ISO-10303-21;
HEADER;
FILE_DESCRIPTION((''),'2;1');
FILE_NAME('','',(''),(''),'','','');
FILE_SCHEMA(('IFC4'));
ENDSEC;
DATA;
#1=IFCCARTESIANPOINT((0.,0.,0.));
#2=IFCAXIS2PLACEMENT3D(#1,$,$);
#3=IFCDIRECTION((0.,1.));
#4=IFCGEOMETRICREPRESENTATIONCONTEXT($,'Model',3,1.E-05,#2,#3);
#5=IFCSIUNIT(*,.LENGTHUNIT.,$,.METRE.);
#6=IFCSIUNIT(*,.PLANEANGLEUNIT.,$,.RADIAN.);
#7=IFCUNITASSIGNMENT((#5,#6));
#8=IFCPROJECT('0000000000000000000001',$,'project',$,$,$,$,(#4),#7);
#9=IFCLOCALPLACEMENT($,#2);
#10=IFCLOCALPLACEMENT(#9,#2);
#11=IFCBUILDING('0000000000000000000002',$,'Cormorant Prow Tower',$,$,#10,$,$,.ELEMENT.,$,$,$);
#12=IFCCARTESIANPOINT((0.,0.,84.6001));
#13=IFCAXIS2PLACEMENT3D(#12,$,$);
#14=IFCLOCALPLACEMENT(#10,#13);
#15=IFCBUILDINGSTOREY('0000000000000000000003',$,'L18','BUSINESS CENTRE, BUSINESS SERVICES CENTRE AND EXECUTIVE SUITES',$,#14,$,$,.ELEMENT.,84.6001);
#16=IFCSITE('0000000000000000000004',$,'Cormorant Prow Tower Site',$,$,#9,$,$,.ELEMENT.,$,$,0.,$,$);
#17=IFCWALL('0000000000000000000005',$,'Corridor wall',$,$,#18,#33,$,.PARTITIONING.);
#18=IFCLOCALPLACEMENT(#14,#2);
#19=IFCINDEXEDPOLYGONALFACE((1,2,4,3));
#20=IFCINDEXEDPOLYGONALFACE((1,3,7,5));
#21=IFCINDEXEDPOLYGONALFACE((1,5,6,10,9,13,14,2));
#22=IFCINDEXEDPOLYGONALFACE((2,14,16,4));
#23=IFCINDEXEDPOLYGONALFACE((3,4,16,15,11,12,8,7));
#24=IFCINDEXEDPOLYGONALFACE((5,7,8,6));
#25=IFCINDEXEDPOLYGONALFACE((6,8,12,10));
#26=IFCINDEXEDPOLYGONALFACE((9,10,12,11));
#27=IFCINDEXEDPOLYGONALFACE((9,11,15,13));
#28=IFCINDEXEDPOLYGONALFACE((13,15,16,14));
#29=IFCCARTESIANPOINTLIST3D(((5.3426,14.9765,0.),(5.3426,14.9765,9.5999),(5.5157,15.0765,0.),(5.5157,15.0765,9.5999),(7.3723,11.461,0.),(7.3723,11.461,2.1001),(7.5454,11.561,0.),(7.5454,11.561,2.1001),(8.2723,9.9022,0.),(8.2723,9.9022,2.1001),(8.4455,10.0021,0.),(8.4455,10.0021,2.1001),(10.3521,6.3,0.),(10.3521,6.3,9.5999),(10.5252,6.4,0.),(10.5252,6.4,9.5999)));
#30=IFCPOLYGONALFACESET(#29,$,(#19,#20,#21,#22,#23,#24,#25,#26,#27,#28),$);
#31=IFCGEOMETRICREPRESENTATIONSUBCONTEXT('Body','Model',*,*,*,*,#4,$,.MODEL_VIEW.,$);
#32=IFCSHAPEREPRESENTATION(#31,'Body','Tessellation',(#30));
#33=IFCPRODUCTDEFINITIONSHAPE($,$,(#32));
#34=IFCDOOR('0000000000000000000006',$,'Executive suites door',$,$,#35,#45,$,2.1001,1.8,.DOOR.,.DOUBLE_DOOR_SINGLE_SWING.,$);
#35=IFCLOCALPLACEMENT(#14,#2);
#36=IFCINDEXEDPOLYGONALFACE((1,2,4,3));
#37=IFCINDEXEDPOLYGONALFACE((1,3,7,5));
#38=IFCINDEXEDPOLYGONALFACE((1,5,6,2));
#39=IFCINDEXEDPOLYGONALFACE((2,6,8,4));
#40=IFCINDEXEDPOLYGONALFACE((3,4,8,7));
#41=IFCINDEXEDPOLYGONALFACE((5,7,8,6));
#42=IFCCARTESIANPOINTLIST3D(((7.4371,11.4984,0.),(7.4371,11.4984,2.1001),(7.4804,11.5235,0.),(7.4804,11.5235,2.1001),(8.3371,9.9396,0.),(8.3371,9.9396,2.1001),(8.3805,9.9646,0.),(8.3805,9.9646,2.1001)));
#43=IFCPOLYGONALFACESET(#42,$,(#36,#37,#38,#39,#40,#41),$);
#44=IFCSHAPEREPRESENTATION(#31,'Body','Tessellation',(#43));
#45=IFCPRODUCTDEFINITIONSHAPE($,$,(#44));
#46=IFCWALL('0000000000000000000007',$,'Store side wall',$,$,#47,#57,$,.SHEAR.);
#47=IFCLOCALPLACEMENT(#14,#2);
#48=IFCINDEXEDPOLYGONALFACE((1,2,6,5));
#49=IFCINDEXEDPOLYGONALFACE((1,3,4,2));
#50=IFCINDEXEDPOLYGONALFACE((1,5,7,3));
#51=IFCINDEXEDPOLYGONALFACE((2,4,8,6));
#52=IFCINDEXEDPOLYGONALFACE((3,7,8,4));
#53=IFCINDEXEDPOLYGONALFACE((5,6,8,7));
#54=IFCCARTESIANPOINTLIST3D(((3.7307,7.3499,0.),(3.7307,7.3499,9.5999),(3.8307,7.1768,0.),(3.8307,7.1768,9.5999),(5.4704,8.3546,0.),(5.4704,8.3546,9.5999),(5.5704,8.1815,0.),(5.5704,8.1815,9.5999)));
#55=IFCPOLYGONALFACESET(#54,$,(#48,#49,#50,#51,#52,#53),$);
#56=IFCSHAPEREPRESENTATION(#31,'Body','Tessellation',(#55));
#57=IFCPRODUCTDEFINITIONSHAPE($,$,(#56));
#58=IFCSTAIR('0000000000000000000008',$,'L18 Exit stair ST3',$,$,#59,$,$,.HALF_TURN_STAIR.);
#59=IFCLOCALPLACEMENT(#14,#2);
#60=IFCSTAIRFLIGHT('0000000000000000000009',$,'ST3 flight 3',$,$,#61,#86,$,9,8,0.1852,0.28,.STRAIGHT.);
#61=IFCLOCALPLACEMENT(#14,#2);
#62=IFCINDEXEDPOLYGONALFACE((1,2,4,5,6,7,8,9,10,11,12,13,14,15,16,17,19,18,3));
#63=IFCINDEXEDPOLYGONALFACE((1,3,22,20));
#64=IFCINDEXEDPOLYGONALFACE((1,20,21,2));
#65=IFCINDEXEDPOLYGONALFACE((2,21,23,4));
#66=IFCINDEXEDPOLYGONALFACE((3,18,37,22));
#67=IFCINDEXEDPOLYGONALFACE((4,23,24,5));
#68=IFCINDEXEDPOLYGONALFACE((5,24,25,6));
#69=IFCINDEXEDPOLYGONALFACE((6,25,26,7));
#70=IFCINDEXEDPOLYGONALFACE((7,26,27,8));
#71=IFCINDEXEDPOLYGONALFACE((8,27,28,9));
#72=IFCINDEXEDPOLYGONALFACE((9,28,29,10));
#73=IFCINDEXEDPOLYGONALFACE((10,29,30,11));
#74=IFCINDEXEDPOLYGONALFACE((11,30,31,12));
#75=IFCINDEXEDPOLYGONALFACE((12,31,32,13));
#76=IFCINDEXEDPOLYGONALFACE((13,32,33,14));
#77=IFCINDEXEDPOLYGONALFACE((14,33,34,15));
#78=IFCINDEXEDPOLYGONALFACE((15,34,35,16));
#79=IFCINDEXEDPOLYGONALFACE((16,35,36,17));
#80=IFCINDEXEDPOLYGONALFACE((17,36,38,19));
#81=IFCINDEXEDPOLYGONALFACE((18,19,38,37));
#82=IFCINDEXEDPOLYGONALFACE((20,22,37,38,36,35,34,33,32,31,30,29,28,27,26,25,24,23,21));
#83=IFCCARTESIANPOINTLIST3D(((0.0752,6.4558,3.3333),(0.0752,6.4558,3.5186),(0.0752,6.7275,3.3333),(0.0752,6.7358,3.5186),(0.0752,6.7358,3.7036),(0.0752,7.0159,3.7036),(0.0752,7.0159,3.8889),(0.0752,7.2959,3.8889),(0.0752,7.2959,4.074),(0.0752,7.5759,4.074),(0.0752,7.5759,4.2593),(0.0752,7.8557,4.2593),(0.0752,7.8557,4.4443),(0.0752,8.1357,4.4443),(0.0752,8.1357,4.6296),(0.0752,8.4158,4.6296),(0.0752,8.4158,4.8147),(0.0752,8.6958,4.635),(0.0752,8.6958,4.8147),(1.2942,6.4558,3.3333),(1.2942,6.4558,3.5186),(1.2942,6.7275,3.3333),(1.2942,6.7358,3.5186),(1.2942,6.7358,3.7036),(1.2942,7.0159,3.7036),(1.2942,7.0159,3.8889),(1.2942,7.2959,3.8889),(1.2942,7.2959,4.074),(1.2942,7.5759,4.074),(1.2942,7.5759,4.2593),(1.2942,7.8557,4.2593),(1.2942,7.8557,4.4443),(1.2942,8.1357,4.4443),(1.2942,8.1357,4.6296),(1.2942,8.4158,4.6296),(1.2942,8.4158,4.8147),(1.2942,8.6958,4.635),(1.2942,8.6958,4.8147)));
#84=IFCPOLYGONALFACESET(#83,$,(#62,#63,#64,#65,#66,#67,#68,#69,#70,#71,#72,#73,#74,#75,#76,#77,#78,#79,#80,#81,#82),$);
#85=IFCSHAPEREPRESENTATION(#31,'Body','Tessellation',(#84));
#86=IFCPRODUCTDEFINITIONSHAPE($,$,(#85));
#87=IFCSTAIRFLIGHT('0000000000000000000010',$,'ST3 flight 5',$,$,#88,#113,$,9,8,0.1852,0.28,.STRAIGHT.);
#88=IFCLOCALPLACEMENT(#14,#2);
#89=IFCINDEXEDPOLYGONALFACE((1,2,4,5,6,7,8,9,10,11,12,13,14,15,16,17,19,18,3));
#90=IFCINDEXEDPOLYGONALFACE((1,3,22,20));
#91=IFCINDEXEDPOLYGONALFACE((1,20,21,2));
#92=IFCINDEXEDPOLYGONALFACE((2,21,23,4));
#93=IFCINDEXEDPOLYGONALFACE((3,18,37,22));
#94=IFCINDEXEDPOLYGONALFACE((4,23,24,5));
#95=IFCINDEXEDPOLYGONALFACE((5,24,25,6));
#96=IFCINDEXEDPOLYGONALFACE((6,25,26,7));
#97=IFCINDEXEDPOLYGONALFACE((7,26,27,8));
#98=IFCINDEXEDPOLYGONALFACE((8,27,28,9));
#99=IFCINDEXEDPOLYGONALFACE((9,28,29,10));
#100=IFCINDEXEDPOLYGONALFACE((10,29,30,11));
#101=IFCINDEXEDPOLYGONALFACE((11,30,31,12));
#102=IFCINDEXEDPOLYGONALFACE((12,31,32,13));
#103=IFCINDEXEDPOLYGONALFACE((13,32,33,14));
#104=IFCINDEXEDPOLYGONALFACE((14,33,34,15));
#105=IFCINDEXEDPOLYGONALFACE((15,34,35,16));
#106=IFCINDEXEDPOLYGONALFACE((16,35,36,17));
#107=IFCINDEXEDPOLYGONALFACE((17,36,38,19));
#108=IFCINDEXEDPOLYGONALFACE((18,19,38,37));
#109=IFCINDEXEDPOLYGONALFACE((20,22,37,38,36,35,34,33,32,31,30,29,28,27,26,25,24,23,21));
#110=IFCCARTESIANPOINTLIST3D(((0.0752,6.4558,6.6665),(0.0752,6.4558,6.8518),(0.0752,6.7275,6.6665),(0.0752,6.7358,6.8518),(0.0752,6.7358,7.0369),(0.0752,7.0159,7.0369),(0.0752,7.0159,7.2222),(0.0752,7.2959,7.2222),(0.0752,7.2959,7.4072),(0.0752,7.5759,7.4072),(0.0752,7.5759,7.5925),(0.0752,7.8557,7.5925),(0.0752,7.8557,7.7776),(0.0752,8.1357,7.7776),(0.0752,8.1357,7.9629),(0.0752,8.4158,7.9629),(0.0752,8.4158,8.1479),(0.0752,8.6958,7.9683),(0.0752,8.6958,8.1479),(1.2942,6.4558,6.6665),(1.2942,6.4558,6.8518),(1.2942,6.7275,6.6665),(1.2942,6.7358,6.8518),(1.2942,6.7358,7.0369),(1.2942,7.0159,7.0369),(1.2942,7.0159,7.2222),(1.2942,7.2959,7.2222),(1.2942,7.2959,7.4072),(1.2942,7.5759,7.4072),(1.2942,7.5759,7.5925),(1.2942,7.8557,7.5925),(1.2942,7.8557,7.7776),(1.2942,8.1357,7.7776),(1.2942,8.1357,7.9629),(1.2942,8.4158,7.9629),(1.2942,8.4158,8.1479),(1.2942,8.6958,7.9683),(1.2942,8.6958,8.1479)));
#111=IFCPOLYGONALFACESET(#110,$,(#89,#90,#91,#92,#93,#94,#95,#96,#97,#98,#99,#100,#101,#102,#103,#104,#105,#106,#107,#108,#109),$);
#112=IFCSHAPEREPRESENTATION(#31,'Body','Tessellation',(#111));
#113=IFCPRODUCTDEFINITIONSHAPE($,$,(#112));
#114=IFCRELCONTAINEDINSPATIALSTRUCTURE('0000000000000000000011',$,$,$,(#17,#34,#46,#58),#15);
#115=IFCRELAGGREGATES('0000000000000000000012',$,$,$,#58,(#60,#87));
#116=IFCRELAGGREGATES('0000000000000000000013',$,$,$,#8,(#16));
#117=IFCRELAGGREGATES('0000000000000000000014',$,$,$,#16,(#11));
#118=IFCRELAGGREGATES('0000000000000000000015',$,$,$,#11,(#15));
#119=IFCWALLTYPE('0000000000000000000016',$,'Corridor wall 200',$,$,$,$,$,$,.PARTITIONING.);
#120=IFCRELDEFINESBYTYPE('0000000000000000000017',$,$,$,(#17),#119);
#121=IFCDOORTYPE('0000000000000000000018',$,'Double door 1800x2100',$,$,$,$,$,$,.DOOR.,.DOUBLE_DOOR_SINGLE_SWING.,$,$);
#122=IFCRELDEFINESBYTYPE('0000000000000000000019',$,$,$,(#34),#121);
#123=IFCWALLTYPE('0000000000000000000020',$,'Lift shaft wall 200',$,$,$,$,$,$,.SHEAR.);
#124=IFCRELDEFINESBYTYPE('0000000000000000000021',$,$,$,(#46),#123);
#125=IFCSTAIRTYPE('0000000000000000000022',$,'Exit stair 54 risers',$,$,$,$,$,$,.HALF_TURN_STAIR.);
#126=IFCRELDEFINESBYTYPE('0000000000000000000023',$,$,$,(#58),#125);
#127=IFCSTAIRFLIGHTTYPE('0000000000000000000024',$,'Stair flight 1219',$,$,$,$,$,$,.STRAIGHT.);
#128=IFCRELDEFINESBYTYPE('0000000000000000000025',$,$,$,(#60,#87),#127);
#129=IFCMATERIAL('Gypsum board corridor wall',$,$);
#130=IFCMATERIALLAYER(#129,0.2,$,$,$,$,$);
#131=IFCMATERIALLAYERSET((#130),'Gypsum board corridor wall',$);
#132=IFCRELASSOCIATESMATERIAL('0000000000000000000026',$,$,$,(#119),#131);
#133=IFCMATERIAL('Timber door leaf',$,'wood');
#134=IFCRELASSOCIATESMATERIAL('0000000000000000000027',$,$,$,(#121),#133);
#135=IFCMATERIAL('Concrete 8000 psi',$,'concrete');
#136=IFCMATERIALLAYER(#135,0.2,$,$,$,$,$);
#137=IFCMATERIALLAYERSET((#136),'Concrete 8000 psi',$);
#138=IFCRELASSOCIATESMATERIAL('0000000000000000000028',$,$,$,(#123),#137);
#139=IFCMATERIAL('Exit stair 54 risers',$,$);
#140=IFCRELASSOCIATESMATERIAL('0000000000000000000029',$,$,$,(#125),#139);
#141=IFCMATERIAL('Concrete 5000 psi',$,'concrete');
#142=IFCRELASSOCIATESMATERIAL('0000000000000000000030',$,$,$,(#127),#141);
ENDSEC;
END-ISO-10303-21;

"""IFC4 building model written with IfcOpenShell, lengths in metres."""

from ifc_helpers import new_model, si_unit, direction, frame, frame_2d, origin, place, context, subcontext, project, spatial, polyline, rectangle, outline, extrude, material, layer, layer_set, type_object, element, fill, aggregate, save


model = new_model("IFC4")

# Units and contexts
model_context = context("Model", 3, precision=1e-05, world=origin(), true_north=direction((0.0, 1.0)))
body_context = subcontext(model_context, "Body", "Model", "MODEL_VIEW")
ifc_project = project(units=[si_unit("LENGTHUNIT", "METRE"), si_unit("PLANEANGLEUNIT", "RADIAN")], contexts=[model_context])

# Site, building, storey
site_placement = place(None, origin())
site = spatial("IfcSite", under=ifc_project, at=site_placement, Name="Cormorant Prow Tower Site", CompositionType="ELEMENT", RefElevation=0.0)
building_placement = place(site_placement, origin())
building = spatial("IfcBuilding", under=site, at=building_placement, Name="Cormorant Prow Tower", CompositionType="ELEMENT")
storey_placement = place(building_placement, frame((0.0, 0.0, 84.6001)))
storey = spatial("IfcBuildingStorey", under=building, at=storey_placement, Name="L18", Description="BUSINESS CENTRE, BUSINESS SERVICES CENTRE AND EXECUTIVE SUITES", CompositionType="ELEMENT", Elevation=84.6001)

# Wall, opening, door
ifc_material_1 = material(Name="Gypsum board corridor wall")
ifc_layer_1 = layer(ifc_material_1, 0.2)
ifc_layer_set_1 = layer_set([ifc_layer_1], Name="Gypsum board corridor wall")
wall_type_1 = type_object("IfcWallType", Name="Corridor wall 200", PredefinedType="PARTITIONING", material=ifc_layer_set_1)
wall_1_placement = place(storey_placement, frame((5.4292, 15.0264, 0.0), z_axis=(0.0, 0.0, 1.0), x_axis=(0.50001, -0.86602, 0.0)))
wall_1 = element("IfcWall", 1, at=wall_1_placement, inside=storey, type_object=wall_type_1, Name="Corridor wall", PredefinedType="PARTITIONING", context=body_context, shape_type="SweptSolid", body=[
    extrude(rectangle(XDim=10.0188, YDim=0.2, at=frame_2d((5.0093, 0.0))), origin(), (0.0, 0.0, 1.0), 9.5999),
])
opening_placement = place(wall_1_placement, frame((4.0593, 0.0, 0.0)))
opening = element("IfcOpeningElement", 2, at=opening_placement, cuts=wall_1, PredefinedType="OPENING", context=body_context, shape_type="SweptSolid", body=[
    extrude(rectangle(XDim=1.8, YDim=2.1001, at=frame_2d((0.8999, 1.05))), frame((0.0, 0.1099, 0.0), z_axis=(0.0, -1.0, 0.0), x_axis=(1.0, 0.0, 0.0)), (0.0, 0.0, 1.0), 0.22),
])
ifc_material_2 = material(Name="Timber door leaf", Category="wood")
door_type = type_object("IfcDoorType", Name="Double door 1800x2100", OperationType="DOUBLE_DOOR_SINGLE_SWING", PredefinedType="DOOR", material=ifc_material_2)
door_placement = place(opening_placement, origin())
door = element("IfcDoor", 3, at=door_placement, inside=storey, type_object=door_type, Name="Executive suites door", OperationType="DOUBLE_DOOR_SINGLE_SWING", OverallHeight=2.1001, OverallWidth=1.8, PredefinedType="DOOR", context=body_context, shape_type="SweptSolid", body=[
    extrude(rectangle(XDim=1.8, YDim=2.1001, at=frame_2d((0.8999, 1.05))), frame((0.0, 0.0249, 0.0), z_axis=(0.0, -1.0, 0.0), x_axis=(1.0, 0.0, 0.0)), (0.0, 0.0, 1.0), 0.05),
])
fill(opening, door)

# Wall
ifc_material_3 = material(Name="Concrete 8000 psi", Category="concrete")
ifc_layer_2 = layer(ifc_material_3, 0.2)
ifc_layer_set_2 = layer_set([ifc_layer_2], Name="Concrete 8000 psi")
wall_type_2 = type_object("IfcWallType", Name="Lift shaft wall 200", PredefinedType="SHEAR", material=ifc_layer_set_2)
wall_2_placement = place(storey_placement, frame((3.7808, 7.2634, 0.0), z_axis=(0.0, 0.0, 1.0), x_axis=(0.865983, 0.500073, 0.0)))
element("IfcWall", 4, at=wall_2_placement, inside=storey, type_object=wall_type_2, Name="Store side wall", PredefinedType="SHEAR", context=body_context, shape_type="SweptSolid", body=[
    extrude(rectangle(XDim=2.009, YDim=0.2, at=frame_2d((1.0044, 0.0))), origin(), (0.0, 0.0, 1.0), 9.5999),
])

# Stair, stair flights
ifc_material_4 = material(Name="Exit stair 54 risers")
stair_type = type_object("IfcStairType", Name="Exit stair 54 risers", PredefinedType="HALF_TURN_STAIR", material=ifc_material_4)
stair_placement = place(storey_placement, origin())
stair = element("IfcStair", 5, at=stair_placement, inside=storey, type_object=stair_type, Name="L18 Exit stair ST3", PredefinedType="HALF_TURN_STAIR")
ifc_material_5 = material(Name="Concrete 5000 psi", Category="concrete")
stair_flight_type = type_object("IfcStairFlightType", Name="Stair flight 1219", PredefinedType="STRAIGHT", material=ifc_material_5)
stair_flight_1_placement = place(storey_placement, frame((0.6846, 6.4558, 3.3333), z_axis=(0.0, 0.0, 1.0), x_axis=(0.0, 1.0, 0.0)))
stair_flight_1 = element("IfcStairFlight", 6, at=stair_flight_1_placement, type_object=stair_flight_type, Name="ST3 flight 3", NumberOfRisers=9, NumberOfTreads=8, PredefinedType="STRAIGHT", RiserHeight=0.1852, TreadLength=0.28, context=body_context, shape_type="SweptSolid", body=[
    extrude(outline(polyline([(0.0, 0.0), (0.0, 0.1853), (0.28, 0.1853), (0.28, 0.3704), (0.5601, 0.3704), (0.5601, 0.5557), (0.8401, 0.5557), (0.8401, 0.7407), (1.1201, 0.7407), (1.1201, 0.926), (1.3999, 0.926), (1.3999, 1.1111), (1.6799, 1.1111), (1.6799, 1.2964), (1.96, 1.2964), (1.96, 1.4814), (2.24, 1.4814), (2.24, 1.6667), (2.24, 1.3018), (0.2717, 0.0), (0.0, 0.0)])), frame((0.0, 0.6094, 0.0), z_axis=(0.0, -1.0, 0.0), x_axis=(1.0, 0.0, 0.0)), (0.0, 0.0, 1.0), 1.219),
])
stair_flight_2_placement = place(storey_placement, frame((0.6846, 6.4558, 6.6665), z_axis=(0.0, 0.0, 1.0), x_axis=(0.0, 1.0, 0.0)))
stair_flight_2 = element("IfcStairFlight", 7, at=stair_flight_2_placement, type_object=stair_flight_type, Name="ST3 flight 5", NumberOfRisers=9, NumberOfTreads=8, PredefinedType="STRAIGHT", RiserHeight=0.1852, TreadLength=0.28, context=body_context, shape_type="SweptSolid", body=[
    extrude(outline(polyline([(0.0, 0.0), (0.0, 0.1853), (0.28, 0.1853), (0.28, 0.3704), (0.5601, 0.3704), (0.5601, 0.5557), (0.8401, 0.5557), (0.8401, 0.7407), (1.1201, 0.7407), (1.1201, 0.926), (1.3999, 0.926), (1.3999, 1.1111), (1.6799, 1.1111), (1.6799, 1.2964), (1.96, 1.2964), (1.96, 1.4814), (2.24, 1.4814), (2.24, 1.6667), (2.24, 1.3018), (0.2717, 0.0), (0.0, 0.0)])), frame((0.0, 0.6094, 0.0), z_axis=(0.0, -1.0, 0.0), x_axis=(1.0, 0.0, 0.0)), (0.0, 0.0, 1.0), 1.219),
])
aggregate(stair, [stair_flight_1, stair_flight_2])

save(model, "model.ifc")
